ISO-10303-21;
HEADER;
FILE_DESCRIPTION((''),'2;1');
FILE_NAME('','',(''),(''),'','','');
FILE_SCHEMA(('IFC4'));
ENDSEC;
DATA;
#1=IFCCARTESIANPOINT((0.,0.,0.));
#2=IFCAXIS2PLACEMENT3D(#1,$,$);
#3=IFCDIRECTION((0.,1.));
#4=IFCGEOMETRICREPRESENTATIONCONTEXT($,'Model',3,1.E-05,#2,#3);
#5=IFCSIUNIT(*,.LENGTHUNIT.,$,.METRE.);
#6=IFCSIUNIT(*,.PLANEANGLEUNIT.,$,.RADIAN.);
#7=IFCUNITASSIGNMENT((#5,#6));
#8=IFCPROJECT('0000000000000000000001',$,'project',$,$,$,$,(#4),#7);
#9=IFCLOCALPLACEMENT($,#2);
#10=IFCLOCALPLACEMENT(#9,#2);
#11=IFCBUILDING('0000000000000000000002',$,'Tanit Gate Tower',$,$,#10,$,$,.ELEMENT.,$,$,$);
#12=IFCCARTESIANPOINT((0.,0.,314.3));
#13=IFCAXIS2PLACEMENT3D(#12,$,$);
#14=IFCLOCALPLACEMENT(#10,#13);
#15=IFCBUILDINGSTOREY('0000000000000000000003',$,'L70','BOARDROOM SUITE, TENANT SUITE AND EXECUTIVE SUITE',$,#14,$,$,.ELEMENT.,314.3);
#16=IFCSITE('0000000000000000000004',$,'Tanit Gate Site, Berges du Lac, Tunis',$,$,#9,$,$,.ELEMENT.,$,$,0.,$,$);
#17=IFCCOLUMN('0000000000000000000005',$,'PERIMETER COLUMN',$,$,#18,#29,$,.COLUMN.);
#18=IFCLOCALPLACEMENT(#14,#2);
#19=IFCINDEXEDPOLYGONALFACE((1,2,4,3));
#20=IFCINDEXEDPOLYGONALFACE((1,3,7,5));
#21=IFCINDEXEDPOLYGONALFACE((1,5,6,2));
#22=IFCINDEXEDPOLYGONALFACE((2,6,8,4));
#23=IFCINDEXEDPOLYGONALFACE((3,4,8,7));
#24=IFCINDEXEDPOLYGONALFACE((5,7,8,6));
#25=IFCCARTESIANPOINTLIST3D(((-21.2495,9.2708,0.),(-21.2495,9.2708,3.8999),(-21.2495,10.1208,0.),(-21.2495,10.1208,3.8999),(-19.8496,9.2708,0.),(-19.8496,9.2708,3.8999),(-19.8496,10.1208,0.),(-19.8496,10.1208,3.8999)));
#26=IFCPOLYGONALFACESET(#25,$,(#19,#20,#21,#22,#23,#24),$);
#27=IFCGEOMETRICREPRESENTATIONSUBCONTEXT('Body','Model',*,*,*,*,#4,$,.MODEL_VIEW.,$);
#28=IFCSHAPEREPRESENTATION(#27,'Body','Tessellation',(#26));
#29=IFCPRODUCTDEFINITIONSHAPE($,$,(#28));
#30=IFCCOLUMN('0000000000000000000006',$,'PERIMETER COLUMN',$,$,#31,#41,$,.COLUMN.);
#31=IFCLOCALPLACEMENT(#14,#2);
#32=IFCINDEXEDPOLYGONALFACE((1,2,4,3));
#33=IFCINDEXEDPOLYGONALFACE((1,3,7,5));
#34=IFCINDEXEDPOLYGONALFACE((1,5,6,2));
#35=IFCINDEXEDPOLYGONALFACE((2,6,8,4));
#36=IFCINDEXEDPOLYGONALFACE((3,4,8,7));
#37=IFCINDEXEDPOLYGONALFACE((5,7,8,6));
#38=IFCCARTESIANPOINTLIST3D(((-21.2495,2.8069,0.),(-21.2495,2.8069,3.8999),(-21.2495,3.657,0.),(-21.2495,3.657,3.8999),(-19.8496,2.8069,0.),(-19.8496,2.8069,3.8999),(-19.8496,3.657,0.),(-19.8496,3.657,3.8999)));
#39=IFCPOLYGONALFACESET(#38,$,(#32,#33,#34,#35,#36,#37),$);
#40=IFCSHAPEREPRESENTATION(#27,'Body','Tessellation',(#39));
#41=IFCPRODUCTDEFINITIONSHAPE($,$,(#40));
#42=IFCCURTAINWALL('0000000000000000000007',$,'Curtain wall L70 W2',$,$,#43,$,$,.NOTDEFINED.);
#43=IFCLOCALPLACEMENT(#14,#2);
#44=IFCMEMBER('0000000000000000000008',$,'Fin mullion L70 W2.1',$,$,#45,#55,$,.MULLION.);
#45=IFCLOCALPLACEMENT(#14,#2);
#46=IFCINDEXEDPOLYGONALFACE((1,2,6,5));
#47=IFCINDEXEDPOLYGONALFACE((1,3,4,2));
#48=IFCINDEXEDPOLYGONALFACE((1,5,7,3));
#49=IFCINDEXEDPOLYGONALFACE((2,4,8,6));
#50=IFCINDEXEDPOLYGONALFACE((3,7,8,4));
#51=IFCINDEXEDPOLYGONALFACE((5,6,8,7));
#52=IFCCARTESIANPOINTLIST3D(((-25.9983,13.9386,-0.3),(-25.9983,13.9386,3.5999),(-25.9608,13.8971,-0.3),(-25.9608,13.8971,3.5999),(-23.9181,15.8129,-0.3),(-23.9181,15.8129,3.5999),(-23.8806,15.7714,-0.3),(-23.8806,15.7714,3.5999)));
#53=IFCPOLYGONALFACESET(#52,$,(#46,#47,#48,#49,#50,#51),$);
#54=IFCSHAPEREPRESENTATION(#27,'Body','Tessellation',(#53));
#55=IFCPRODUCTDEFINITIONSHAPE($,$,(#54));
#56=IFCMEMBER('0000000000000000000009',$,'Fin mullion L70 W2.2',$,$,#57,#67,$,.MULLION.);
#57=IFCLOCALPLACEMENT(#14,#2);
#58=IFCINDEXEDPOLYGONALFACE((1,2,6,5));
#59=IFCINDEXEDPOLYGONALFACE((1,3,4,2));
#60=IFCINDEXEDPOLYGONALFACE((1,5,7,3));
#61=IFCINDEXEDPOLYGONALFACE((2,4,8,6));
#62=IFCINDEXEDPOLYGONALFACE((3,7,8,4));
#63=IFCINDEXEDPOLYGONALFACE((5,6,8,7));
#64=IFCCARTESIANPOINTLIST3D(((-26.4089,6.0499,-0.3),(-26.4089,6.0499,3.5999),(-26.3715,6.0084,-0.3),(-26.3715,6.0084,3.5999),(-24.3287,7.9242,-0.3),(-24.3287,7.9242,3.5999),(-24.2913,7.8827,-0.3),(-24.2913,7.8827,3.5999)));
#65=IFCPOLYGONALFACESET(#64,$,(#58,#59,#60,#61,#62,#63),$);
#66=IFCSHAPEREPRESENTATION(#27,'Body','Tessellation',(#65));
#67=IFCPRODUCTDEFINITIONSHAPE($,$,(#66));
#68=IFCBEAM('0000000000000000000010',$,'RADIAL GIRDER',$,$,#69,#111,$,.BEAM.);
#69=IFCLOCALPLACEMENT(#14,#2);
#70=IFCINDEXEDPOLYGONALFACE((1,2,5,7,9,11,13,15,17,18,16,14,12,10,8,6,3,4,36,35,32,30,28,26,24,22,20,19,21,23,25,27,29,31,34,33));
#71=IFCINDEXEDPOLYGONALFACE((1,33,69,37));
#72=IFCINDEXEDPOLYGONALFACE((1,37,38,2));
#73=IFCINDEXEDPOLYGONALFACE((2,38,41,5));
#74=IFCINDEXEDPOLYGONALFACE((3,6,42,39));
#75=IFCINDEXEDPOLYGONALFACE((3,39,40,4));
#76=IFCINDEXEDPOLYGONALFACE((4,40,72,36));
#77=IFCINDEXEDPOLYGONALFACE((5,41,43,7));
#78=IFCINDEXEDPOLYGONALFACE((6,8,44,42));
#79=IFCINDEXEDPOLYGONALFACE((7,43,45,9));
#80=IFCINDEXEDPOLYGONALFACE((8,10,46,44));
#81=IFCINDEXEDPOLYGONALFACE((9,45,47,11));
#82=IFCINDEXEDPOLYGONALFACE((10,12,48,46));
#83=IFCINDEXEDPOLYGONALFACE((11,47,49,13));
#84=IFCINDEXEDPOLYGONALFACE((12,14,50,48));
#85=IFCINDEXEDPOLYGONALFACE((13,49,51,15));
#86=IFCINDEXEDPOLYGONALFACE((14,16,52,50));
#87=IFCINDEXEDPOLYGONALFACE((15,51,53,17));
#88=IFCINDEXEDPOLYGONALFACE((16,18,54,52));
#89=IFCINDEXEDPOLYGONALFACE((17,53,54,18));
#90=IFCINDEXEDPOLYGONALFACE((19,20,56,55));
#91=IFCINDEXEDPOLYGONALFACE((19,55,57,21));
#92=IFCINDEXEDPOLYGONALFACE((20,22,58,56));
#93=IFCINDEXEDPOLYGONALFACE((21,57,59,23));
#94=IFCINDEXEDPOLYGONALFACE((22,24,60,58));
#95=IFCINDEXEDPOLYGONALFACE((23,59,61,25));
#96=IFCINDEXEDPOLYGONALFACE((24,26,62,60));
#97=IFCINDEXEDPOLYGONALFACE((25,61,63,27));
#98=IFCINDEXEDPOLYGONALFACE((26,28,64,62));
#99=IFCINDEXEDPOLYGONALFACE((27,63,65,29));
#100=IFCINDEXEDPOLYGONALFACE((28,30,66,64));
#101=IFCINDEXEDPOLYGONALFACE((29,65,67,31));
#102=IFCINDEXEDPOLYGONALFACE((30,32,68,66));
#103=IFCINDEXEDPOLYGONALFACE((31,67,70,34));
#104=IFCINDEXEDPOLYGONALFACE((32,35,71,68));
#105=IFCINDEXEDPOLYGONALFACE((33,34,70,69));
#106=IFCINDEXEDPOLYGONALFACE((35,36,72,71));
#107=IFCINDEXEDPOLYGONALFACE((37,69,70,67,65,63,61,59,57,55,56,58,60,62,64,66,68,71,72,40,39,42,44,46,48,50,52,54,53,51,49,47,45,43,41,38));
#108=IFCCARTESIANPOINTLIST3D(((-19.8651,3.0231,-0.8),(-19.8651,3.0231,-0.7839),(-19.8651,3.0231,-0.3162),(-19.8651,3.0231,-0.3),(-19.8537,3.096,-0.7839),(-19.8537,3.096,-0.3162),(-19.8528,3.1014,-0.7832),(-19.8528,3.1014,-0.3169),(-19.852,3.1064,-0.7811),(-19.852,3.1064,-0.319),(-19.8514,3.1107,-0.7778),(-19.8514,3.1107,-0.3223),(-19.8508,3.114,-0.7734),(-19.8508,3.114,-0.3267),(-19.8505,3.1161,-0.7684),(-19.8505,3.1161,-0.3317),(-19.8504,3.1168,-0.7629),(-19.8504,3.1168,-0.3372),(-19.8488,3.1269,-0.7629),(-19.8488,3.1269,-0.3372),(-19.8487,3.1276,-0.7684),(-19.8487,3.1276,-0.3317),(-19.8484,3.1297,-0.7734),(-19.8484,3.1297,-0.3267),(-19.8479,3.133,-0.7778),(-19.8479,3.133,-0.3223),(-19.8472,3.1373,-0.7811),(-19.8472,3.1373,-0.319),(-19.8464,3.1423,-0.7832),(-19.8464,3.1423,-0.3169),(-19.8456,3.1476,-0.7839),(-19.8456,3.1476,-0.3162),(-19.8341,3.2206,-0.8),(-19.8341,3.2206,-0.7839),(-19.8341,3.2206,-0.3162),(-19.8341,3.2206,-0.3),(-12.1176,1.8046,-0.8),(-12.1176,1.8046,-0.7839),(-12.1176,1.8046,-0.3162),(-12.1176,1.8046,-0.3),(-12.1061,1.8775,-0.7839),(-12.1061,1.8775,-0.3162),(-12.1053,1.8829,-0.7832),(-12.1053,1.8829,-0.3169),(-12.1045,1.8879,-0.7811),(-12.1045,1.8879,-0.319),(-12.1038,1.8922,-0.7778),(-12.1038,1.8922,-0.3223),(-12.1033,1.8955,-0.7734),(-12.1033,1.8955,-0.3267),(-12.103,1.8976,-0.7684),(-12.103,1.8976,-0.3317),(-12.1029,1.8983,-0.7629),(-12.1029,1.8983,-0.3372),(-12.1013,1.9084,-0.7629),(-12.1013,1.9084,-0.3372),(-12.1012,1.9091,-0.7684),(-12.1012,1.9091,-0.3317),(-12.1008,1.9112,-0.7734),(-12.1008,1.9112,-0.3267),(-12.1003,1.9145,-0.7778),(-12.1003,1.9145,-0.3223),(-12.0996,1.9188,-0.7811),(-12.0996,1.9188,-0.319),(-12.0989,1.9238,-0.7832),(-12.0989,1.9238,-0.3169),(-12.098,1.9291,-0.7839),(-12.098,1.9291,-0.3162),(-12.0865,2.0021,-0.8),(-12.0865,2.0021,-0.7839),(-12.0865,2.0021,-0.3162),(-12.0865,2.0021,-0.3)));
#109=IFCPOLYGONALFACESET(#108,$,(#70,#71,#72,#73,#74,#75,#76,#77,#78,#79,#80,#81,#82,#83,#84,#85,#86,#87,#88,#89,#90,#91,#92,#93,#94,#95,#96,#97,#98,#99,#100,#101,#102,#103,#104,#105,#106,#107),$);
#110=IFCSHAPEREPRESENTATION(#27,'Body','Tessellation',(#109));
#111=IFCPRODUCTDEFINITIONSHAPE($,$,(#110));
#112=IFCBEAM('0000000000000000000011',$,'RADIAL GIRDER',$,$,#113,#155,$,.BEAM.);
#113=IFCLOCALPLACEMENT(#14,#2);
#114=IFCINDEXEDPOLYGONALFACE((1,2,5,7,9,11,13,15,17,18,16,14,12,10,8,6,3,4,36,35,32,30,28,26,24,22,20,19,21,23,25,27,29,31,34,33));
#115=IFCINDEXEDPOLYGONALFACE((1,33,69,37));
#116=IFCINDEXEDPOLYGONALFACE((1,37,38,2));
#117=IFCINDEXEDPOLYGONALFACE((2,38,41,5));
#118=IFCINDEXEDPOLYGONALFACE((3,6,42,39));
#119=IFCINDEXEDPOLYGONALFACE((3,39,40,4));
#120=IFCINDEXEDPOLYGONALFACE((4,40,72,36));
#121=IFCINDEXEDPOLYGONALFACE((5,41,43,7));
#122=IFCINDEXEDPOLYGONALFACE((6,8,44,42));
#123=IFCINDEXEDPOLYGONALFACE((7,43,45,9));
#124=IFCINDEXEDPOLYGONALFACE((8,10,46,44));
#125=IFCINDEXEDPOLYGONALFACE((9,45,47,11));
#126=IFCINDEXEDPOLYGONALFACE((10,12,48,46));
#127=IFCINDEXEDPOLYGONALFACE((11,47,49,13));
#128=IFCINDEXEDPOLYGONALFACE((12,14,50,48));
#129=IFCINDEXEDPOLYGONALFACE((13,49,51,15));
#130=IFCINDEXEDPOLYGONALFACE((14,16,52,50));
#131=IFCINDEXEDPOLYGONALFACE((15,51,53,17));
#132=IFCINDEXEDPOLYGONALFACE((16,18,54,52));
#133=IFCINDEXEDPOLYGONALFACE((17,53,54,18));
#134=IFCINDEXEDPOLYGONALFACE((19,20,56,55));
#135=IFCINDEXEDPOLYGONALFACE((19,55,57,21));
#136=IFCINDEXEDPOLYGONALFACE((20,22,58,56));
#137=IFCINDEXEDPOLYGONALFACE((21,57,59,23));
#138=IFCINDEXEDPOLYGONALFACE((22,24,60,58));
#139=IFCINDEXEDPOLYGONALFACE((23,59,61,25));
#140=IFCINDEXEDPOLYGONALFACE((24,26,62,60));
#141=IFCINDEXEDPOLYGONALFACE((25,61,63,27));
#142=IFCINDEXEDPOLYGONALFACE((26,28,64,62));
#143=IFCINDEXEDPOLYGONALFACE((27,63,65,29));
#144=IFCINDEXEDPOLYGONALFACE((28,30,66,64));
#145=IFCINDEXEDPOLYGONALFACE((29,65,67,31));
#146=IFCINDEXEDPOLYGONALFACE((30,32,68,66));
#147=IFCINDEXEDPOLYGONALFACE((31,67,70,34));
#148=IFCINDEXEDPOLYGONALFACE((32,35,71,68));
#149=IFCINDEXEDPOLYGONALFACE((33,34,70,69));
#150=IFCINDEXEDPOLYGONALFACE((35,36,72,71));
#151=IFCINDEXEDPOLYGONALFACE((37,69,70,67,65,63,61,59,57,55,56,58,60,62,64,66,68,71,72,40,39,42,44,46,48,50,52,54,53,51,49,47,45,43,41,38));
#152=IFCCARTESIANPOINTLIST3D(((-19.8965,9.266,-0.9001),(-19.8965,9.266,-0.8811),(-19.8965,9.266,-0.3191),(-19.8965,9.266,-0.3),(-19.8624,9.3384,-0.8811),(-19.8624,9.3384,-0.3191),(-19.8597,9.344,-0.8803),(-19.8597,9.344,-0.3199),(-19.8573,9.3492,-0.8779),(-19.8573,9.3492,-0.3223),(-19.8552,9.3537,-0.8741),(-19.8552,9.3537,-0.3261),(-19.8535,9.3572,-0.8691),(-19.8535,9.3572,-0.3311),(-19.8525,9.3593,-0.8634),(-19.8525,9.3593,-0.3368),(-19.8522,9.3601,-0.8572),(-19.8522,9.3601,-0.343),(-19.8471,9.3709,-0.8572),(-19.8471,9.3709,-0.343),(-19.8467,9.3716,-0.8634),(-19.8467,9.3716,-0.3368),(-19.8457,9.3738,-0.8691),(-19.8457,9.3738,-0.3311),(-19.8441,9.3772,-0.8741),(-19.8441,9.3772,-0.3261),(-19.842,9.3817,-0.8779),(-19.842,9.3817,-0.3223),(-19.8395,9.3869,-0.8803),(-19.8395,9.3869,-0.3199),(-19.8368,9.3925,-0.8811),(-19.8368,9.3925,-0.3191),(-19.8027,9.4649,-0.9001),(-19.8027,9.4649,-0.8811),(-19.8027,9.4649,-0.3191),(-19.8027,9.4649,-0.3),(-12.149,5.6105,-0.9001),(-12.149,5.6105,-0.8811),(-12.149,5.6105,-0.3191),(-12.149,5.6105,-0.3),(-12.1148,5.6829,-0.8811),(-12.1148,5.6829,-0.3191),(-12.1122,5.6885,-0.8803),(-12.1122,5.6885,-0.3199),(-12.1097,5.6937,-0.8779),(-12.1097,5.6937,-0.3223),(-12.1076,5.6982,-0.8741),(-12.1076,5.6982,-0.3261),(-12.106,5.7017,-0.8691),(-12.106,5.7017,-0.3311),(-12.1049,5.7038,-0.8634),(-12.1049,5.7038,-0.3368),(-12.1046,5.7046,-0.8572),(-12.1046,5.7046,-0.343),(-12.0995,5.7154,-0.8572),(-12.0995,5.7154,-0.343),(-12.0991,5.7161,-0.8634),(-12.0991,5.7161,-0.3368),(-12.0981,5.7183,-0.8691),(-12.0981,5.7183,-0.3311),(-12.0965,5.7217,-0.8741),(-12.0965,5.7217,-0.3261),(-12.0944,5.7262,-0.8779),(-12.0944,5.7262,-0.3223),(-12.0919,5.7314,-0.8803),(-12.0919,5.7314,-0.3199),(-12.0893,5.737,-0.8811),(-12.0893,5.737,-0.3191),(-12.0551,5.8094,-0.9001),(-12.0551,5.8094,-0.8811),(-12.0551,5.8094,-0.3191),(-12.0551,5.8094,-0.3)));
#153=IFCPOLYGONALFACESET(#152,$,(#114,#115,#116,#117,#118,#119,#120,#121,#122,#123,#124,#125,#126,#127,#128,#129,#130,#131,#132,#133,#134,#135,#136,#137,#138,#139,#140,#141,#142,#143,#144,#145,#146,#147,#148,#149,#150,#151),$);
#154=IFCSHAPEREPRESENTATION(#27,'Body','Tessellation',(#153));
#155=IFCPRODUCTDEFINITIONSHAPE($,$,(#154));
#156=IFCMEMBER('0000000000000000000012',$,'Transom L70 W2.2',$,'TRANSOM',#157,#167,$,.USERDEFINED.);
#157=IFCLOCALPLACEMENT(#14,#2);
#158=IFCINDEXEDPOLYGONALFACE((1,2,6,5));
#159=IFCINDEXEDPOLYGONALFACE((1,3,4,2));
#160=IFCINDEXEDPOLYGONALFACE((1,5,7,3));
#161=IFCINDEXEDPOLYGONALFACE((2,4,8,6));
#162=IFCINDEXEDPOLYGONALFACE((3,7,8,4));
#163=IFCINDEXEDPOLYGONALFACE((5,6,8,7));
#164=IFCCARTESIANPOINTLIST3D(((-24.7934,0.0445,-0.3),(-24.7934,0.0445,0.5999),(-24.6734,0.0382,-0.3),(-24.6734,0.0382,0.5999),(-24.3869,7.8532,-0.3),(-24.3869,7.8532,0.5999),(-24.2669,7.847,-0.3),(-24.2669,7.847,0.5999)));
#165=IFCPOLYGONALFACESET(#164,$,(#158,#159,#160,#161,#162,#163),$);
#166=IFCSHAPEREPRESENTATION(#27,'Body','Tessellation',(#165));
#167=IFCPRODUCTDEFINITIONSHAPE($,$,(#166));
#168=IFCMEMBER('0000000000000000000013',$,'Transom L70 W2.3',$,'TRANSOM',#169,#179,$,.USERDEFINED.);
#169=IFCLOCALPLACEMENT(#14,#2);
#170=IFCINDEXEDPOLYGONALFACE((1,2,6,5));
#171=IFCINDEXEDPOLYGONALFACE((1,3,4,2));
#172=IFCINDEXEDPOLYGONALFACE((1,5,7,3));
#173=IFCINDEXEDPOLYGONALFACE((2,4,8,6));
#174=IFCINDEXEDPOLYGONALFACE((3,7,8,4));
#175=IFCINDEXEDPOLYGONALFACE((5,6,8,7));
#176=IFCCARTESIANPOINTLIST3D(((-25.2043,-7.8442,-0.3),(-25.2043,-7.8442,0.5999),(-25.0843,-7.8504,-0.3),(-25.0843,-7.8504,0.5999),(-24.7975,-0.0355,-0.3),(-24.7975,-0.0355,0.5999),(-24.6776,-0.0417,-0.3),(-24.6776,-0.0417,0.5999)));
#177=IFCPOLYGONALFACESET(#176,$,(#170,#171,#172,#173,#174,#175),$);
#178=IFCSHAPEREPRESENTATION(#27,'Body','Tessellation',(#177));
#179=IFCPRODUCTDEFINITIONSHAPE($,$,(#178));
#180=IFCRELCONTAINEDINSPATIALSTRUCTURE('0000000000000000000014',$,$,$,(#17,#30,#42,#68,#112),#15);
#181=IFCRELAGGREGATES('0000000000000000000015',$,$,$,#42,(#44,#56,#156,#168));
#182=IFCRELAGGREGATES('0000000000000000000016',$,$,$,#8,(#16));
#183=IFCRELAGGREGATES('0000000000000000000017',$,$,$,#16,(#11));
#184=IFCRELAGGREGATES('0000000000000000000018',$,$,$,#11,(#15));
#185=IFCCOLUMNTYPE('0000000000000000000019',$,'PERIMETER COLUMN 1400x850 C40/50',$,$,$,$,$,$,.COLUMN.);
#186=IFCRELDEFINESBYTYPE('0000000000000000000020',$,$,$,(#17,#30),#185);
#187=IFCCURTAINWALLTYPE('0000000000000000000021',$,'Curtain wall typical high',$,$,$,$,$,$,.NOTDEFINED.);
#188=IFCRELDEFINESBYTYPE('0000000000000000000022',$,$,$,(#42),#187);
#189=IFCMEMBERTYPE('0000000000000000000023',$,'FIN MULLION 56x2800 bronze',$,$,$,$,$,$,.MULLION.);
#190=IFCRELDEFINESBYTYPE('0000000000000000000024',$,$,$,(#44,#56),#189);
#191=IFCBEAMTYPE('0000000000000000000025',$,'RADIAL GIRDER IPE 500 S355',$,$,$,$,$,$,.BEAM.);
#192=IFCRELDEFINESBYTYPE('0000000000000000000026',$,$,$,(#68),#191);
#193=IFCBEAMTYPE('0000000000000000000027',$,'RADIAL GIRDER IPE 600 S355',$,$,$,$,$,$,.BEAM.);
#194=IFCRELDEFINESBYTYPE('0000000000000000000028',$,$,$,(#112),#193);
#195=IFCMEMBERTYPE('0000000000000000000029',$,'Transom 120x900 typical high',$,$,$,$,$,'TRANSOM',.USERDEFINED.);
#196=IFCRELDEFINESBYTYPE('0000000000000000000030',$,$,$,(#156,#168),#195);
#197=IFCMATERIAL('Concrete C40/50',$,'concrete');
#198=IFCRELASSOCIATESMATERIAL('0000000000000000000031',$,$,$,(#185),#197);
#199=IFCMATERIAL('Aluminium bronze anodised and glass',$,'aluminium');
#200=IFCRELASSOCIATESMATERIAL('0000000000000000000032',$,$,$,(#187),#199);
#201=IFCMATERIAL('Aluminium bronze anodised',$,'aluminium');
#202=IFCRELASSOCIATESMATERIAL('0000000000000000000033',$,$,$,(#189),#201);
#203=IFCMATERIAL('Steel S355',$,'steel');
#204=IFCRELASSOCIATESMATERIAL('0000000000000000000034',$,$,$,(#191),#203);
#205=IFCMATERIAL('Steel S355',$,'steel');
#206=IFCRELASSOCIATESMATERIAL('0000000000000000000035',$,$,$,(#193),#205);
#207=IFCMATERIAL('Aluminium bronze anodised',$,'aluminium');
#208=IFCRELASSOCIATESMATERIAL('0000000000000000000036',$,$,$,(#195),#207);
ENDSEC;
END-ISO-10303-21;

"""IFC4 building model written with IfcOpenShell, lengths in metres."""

from ifc_helpers import new_model, si_unit, direction, frame, origin, origin_2d, place, context, subcontext, project, spatial, rectangle, i_section, extrude, material, material_profile, profile_set, type_object, element, aggregate, save


model = new_model("IFC4")

# Units and contexts
model_context = context("Model", 3, precision=1e-05, world=origin(), true_north=direction((0.0, 1.0)))
body_context = subcontext(model_context, "Body", "Model", "MODEL_VIEW")
ifc_project = project(units=[si_unit("LENGTHUNIT", "METRE"), si_unit("PLANEANGLEUNIT", "RADIAN")], contexts=[model_context])

# Site, building, storey
site_placement = place(None, origin())
site = spatial("IfcSite", under=ifc_project, at=site_placement, Name="Tanit Gate Site, Berges du Lac, Tunis", CompositionType="ELEMENT", RefElevation=0.0)
building_placement = place(site_placement, origin())
building = spatial("IfcBuilding", under=site, at=building_placement, Name="Tanit Gate Tower", CompositionType="ELEMENT")
storey_placement = place(building_placement, frame((0.0, 0.0, 314.3)))
storey = spatial("IfcBuildingStorey", under=building, at=storey_placement, Name="L70", Description="BOARDROOM SUITE, TENANT SUITE AND EXECUTIVE SUITE", CompositionType="ELEMENT", Elevation=314.3)

# Columns
ifc_material_1 = material(Name="Concrete C40/50", Category="concrete")
ifc_material_profile_1 = material_profile(ifc_material_1, rectangle(XDim=1.3999, YDim=0.8501, at=origin_2d()), Name="RC 1400x850")
ifc_profile_set_1 = profile_set([ifc_material_profile_1], Name="Concrete C40/50")
column_type = type_object("IfcColumnType", Name="PERIMETER COLUMN 1400x850 C40/50", PredefinedType="COLUMN", material=ifc_profile_set_1)
for number, where, z_axis, x_axis, name in (
    (1, (-20.5496, 9.6958, 0.0), (0.0, 0.0, 1.0), (-1.0, 0.0, 0.0), "PERIMETER COLUMN"),
    (2, (-20.5496, 3.2319, 0.0), (0.0, 0.0, 1.0), (-1.0, 0.0, 0.0), "PERIMETER COLUMN"),
):
    element("IfcColumn", number, at=place(storey_placement, frame(where, z_axis=z_axis, x_axis=x_axis)), inside=storey, type_object=column_type, Name=name, PredefinedType="COLUMN", context=body_context, shape_type="SweptSolid", body=[
        extrude(rectangle(XDim=1.3999, YDim=0.8501, at=origin_2d()), origin(), (0.0, 0.0, 1.0), 3.8999),
    ])

# Curtain wall, members
ifc_material_2 = material(Name="Aluminium bronze anodised and glass", Category="aluminium")
curtain_wall_type = type_object("IfcCurtainWallType", Name="Curtain wall typical high", PredefinedType="NOTDEFINED", material=ifc_material_2)
curtain_wall_placement = place(storey_placement, origin())
curtain_wall = element("IfcCurtainWall", 3, at=curtain_wall_placement, inside=storey, type_object=curtain_wall_type, Name="Curtain wall L70 W2", PredefinedType="NOTDEFINED")
ifc_material_3 = material(Name="Aluminium bronze anodised", Category="aluminium")
ifc_material_profile_2 = material_profile(ifc_material_3, rectangle(XDim=2.8, YDim=0.0559, at=origin_2d()), Name="56x2800 bronze fin mullion")
ifc_profile_set_2 = profile_set([ifc_material_profile_2], Name="Aluminium bronze anodised")
member_type_1 = type_object("IfcMemberType", Name="FIN MULLION 56x2800 bronze", PredefinedType="MULLION", material=ifc_profile_set_2)
member_1_placement = place(storey_placement, frame((-24.9395, 14.855, -0.3), z_axis=(0.0, 0.0, 1.0), x_axis=(0.742922, 0.669378, 0.0)))
member_1 = element("IfcMember", 4, at=member_1_placement, type_object=member_type_1, Name="Fin mullion L70 W2.1", PredefinedType="MULLION", context=body_context, shape_type="SweptSolid", body=[
    extrude(rectangle(XDim=2.8, YDim=0.0559, at=origin_2d()), origin(), (0.0, 0.0, 1.0), 3.8999),
])
member_2_placement = place(storey_placement, frame((-25.3501, 6.9663, -0.3), z_axis=(0.0, 0.0, 1.0), x_axis=(0.742922, 0.669378, 0.0)))
member_2 = element("IfcMember", 5, at=member_2_placement, type_object=member_type_1, Name="Fin mullion L70 W2.2", PredefinedType="MULLION", context=body_context, shape_type="SweptSolid", body=[
    extrude(rectangle(XDim=2.8, YDim=0.0559, at=origin_2d()), origin(), (0.0, 0.0, 1.0), 3.8999),
])

# Beams
ifc_material_4 = material(Name="Steel S355", Category="steel")
ifc_material_profile_3 = material_profile(ifc_material_4, i_section(OverallWidth=0.2, OverallDepth=0.5, WebThickness=0.0103, FlangeThickness=0.0161, FilletRadius=0.021, at=origin_2d()), Name="IPE 500")
ifc_profile_set_3 = profile_set([ifc_material_profile_3], Name="Steel S355")
beam_type_1 = type_object("IfcBeamType", Name="RADIAL GIRDER IPE 500 S355", PredefinedType="BEAM", material=ifc_profile_set_3)
beam_1_placement = place(storey_placement, frame((-19.8496, 3.1218, -0.55), z_axis=(0.987857, -0.155366, 0.0), x_axis=(0.155366, 0.987857, 0.0)))
element("IfcBeam", 6, at=beam_1_placement, inside=storey, type_object=beam_type_1, Name="RADIAL GIRDER", PredefinedType="BEAM", context=body_context, shape_type="SweptSolid", body=[
    extrude(i_section(OverallWidth=0.2, OverallDepth=0.5, WebThickness=0.0103, FlangeThickness=0.0161, FilletRadius=0.021, at=origin_2d()), origin(), (0.0, 0.0, 1.0), 7.8428),
])
ifc_material_5 = material(Name="Steel S355", Category="steel")
ifc_material_profile_4 = material_profile(ifc_material_5, i_section(OverallWidth=0.22, OverallDepth=0.6001, WebThickness=0.012, FlangeThickness=0.019, FilletRadius=0.0239, at=origin_2d()), Name="IPE 600")
ifc_profile_set_4 = profile_set([ifc_material_profile_4], Name="Steel S355")
beam_type_2 = type_object("IfcBeamType", Name="RADIAL GIRDER IPE 600 S355", PredefinedType="BEAM", material=ifc_profile_set_4)
beam_2_placement = place(storey_placement, frame((-19.8496, 9.3655, -0.6001), z_axis=(0.904386, -0.426715, 0.0), x_axis=(0.426715, 0.904386, 0.0)))
element("IfcBeam", 7, at=beam_2_placement, inside=storey, type_object=beam_type_2, Name="RADIAL GIRDER", PredefinedType="BEAM", context=body_context, shape_type="SweptSolid", body=[
    extrude(i_section(OverallWidth=0.22, OverallDepth=0.6001, WebThickness=0.012, FlangeThickness=0.019, FilletRadius=0.0239, at=origin_2d()), origin(), (0.0, 0.0, 1.0), 8.5667),
])

# Members
ifc_material_6 = material(Name="Aluminium bronze anodised", Category="aluminium")
ifc_material_profile_5 = material_profile(ifc_material_6, rectangle(XDim=0.1201, YDim=0.8999, at=origin_2d()), Name="120x900 bronze transom")
ifc_profile_set_5 = profile_set([ifc_material_profile_5], Name="Aluminium bronze anodised")
member_type_2 = type_object("IfcMemberType", Name="Transom 120x900 typical high", ElementType="TRANSOM", PredefinedType="USERDEFINED", material=ifc_profile_set_5)
member_3_placement = place(storey_placement, frame((-24.3269, 7.8501, 0.1499), z_axis=(-0.051985, -0.998648, 0.0), x_axis=(0.998648, -0.051985, 0.0)))
member_3 = element("IfcMember", 8, at=member_3_placement, type_object=member_type_2, Name="Transom L70 W2.2", ObjectType="TRANSOM", PredefinedType="USERDEFINED", context=body_context, shape_type="SweptSolid", body=[
    extrude(rectangle(XDim=0.1201, YDim=0.8999, at=origin_2d()), origin(), (0.0, 0.0, 1.0), 7.8193),
])
member_4_placement = place(storey_placement, frame((-24.7375, -0.0386, 0.1499), z_axis=(-0.052016, -0.998646, 0.0), x_axis=(0.998646, -0.052016, 0.0)))
member_4 = element("IfcMember", 9, at=member_4_placement, type_object=member_type_2, Name="Transom L70 W2.3", ObjectType="TRANSOM", PredefinedType="USERDEFINED", context=body_context, shape_type="SweptSolid", body=[
    extrude(rectangle(XDim=0.1201, YDim=0.8999, at=origin_2d()), origin(), (0.0, 0.0, 1.0), 7.8193),
])

aggregate(curtain_wall, [member_1, member_2, member_3, member_4])

save(model, "model.ifc")
